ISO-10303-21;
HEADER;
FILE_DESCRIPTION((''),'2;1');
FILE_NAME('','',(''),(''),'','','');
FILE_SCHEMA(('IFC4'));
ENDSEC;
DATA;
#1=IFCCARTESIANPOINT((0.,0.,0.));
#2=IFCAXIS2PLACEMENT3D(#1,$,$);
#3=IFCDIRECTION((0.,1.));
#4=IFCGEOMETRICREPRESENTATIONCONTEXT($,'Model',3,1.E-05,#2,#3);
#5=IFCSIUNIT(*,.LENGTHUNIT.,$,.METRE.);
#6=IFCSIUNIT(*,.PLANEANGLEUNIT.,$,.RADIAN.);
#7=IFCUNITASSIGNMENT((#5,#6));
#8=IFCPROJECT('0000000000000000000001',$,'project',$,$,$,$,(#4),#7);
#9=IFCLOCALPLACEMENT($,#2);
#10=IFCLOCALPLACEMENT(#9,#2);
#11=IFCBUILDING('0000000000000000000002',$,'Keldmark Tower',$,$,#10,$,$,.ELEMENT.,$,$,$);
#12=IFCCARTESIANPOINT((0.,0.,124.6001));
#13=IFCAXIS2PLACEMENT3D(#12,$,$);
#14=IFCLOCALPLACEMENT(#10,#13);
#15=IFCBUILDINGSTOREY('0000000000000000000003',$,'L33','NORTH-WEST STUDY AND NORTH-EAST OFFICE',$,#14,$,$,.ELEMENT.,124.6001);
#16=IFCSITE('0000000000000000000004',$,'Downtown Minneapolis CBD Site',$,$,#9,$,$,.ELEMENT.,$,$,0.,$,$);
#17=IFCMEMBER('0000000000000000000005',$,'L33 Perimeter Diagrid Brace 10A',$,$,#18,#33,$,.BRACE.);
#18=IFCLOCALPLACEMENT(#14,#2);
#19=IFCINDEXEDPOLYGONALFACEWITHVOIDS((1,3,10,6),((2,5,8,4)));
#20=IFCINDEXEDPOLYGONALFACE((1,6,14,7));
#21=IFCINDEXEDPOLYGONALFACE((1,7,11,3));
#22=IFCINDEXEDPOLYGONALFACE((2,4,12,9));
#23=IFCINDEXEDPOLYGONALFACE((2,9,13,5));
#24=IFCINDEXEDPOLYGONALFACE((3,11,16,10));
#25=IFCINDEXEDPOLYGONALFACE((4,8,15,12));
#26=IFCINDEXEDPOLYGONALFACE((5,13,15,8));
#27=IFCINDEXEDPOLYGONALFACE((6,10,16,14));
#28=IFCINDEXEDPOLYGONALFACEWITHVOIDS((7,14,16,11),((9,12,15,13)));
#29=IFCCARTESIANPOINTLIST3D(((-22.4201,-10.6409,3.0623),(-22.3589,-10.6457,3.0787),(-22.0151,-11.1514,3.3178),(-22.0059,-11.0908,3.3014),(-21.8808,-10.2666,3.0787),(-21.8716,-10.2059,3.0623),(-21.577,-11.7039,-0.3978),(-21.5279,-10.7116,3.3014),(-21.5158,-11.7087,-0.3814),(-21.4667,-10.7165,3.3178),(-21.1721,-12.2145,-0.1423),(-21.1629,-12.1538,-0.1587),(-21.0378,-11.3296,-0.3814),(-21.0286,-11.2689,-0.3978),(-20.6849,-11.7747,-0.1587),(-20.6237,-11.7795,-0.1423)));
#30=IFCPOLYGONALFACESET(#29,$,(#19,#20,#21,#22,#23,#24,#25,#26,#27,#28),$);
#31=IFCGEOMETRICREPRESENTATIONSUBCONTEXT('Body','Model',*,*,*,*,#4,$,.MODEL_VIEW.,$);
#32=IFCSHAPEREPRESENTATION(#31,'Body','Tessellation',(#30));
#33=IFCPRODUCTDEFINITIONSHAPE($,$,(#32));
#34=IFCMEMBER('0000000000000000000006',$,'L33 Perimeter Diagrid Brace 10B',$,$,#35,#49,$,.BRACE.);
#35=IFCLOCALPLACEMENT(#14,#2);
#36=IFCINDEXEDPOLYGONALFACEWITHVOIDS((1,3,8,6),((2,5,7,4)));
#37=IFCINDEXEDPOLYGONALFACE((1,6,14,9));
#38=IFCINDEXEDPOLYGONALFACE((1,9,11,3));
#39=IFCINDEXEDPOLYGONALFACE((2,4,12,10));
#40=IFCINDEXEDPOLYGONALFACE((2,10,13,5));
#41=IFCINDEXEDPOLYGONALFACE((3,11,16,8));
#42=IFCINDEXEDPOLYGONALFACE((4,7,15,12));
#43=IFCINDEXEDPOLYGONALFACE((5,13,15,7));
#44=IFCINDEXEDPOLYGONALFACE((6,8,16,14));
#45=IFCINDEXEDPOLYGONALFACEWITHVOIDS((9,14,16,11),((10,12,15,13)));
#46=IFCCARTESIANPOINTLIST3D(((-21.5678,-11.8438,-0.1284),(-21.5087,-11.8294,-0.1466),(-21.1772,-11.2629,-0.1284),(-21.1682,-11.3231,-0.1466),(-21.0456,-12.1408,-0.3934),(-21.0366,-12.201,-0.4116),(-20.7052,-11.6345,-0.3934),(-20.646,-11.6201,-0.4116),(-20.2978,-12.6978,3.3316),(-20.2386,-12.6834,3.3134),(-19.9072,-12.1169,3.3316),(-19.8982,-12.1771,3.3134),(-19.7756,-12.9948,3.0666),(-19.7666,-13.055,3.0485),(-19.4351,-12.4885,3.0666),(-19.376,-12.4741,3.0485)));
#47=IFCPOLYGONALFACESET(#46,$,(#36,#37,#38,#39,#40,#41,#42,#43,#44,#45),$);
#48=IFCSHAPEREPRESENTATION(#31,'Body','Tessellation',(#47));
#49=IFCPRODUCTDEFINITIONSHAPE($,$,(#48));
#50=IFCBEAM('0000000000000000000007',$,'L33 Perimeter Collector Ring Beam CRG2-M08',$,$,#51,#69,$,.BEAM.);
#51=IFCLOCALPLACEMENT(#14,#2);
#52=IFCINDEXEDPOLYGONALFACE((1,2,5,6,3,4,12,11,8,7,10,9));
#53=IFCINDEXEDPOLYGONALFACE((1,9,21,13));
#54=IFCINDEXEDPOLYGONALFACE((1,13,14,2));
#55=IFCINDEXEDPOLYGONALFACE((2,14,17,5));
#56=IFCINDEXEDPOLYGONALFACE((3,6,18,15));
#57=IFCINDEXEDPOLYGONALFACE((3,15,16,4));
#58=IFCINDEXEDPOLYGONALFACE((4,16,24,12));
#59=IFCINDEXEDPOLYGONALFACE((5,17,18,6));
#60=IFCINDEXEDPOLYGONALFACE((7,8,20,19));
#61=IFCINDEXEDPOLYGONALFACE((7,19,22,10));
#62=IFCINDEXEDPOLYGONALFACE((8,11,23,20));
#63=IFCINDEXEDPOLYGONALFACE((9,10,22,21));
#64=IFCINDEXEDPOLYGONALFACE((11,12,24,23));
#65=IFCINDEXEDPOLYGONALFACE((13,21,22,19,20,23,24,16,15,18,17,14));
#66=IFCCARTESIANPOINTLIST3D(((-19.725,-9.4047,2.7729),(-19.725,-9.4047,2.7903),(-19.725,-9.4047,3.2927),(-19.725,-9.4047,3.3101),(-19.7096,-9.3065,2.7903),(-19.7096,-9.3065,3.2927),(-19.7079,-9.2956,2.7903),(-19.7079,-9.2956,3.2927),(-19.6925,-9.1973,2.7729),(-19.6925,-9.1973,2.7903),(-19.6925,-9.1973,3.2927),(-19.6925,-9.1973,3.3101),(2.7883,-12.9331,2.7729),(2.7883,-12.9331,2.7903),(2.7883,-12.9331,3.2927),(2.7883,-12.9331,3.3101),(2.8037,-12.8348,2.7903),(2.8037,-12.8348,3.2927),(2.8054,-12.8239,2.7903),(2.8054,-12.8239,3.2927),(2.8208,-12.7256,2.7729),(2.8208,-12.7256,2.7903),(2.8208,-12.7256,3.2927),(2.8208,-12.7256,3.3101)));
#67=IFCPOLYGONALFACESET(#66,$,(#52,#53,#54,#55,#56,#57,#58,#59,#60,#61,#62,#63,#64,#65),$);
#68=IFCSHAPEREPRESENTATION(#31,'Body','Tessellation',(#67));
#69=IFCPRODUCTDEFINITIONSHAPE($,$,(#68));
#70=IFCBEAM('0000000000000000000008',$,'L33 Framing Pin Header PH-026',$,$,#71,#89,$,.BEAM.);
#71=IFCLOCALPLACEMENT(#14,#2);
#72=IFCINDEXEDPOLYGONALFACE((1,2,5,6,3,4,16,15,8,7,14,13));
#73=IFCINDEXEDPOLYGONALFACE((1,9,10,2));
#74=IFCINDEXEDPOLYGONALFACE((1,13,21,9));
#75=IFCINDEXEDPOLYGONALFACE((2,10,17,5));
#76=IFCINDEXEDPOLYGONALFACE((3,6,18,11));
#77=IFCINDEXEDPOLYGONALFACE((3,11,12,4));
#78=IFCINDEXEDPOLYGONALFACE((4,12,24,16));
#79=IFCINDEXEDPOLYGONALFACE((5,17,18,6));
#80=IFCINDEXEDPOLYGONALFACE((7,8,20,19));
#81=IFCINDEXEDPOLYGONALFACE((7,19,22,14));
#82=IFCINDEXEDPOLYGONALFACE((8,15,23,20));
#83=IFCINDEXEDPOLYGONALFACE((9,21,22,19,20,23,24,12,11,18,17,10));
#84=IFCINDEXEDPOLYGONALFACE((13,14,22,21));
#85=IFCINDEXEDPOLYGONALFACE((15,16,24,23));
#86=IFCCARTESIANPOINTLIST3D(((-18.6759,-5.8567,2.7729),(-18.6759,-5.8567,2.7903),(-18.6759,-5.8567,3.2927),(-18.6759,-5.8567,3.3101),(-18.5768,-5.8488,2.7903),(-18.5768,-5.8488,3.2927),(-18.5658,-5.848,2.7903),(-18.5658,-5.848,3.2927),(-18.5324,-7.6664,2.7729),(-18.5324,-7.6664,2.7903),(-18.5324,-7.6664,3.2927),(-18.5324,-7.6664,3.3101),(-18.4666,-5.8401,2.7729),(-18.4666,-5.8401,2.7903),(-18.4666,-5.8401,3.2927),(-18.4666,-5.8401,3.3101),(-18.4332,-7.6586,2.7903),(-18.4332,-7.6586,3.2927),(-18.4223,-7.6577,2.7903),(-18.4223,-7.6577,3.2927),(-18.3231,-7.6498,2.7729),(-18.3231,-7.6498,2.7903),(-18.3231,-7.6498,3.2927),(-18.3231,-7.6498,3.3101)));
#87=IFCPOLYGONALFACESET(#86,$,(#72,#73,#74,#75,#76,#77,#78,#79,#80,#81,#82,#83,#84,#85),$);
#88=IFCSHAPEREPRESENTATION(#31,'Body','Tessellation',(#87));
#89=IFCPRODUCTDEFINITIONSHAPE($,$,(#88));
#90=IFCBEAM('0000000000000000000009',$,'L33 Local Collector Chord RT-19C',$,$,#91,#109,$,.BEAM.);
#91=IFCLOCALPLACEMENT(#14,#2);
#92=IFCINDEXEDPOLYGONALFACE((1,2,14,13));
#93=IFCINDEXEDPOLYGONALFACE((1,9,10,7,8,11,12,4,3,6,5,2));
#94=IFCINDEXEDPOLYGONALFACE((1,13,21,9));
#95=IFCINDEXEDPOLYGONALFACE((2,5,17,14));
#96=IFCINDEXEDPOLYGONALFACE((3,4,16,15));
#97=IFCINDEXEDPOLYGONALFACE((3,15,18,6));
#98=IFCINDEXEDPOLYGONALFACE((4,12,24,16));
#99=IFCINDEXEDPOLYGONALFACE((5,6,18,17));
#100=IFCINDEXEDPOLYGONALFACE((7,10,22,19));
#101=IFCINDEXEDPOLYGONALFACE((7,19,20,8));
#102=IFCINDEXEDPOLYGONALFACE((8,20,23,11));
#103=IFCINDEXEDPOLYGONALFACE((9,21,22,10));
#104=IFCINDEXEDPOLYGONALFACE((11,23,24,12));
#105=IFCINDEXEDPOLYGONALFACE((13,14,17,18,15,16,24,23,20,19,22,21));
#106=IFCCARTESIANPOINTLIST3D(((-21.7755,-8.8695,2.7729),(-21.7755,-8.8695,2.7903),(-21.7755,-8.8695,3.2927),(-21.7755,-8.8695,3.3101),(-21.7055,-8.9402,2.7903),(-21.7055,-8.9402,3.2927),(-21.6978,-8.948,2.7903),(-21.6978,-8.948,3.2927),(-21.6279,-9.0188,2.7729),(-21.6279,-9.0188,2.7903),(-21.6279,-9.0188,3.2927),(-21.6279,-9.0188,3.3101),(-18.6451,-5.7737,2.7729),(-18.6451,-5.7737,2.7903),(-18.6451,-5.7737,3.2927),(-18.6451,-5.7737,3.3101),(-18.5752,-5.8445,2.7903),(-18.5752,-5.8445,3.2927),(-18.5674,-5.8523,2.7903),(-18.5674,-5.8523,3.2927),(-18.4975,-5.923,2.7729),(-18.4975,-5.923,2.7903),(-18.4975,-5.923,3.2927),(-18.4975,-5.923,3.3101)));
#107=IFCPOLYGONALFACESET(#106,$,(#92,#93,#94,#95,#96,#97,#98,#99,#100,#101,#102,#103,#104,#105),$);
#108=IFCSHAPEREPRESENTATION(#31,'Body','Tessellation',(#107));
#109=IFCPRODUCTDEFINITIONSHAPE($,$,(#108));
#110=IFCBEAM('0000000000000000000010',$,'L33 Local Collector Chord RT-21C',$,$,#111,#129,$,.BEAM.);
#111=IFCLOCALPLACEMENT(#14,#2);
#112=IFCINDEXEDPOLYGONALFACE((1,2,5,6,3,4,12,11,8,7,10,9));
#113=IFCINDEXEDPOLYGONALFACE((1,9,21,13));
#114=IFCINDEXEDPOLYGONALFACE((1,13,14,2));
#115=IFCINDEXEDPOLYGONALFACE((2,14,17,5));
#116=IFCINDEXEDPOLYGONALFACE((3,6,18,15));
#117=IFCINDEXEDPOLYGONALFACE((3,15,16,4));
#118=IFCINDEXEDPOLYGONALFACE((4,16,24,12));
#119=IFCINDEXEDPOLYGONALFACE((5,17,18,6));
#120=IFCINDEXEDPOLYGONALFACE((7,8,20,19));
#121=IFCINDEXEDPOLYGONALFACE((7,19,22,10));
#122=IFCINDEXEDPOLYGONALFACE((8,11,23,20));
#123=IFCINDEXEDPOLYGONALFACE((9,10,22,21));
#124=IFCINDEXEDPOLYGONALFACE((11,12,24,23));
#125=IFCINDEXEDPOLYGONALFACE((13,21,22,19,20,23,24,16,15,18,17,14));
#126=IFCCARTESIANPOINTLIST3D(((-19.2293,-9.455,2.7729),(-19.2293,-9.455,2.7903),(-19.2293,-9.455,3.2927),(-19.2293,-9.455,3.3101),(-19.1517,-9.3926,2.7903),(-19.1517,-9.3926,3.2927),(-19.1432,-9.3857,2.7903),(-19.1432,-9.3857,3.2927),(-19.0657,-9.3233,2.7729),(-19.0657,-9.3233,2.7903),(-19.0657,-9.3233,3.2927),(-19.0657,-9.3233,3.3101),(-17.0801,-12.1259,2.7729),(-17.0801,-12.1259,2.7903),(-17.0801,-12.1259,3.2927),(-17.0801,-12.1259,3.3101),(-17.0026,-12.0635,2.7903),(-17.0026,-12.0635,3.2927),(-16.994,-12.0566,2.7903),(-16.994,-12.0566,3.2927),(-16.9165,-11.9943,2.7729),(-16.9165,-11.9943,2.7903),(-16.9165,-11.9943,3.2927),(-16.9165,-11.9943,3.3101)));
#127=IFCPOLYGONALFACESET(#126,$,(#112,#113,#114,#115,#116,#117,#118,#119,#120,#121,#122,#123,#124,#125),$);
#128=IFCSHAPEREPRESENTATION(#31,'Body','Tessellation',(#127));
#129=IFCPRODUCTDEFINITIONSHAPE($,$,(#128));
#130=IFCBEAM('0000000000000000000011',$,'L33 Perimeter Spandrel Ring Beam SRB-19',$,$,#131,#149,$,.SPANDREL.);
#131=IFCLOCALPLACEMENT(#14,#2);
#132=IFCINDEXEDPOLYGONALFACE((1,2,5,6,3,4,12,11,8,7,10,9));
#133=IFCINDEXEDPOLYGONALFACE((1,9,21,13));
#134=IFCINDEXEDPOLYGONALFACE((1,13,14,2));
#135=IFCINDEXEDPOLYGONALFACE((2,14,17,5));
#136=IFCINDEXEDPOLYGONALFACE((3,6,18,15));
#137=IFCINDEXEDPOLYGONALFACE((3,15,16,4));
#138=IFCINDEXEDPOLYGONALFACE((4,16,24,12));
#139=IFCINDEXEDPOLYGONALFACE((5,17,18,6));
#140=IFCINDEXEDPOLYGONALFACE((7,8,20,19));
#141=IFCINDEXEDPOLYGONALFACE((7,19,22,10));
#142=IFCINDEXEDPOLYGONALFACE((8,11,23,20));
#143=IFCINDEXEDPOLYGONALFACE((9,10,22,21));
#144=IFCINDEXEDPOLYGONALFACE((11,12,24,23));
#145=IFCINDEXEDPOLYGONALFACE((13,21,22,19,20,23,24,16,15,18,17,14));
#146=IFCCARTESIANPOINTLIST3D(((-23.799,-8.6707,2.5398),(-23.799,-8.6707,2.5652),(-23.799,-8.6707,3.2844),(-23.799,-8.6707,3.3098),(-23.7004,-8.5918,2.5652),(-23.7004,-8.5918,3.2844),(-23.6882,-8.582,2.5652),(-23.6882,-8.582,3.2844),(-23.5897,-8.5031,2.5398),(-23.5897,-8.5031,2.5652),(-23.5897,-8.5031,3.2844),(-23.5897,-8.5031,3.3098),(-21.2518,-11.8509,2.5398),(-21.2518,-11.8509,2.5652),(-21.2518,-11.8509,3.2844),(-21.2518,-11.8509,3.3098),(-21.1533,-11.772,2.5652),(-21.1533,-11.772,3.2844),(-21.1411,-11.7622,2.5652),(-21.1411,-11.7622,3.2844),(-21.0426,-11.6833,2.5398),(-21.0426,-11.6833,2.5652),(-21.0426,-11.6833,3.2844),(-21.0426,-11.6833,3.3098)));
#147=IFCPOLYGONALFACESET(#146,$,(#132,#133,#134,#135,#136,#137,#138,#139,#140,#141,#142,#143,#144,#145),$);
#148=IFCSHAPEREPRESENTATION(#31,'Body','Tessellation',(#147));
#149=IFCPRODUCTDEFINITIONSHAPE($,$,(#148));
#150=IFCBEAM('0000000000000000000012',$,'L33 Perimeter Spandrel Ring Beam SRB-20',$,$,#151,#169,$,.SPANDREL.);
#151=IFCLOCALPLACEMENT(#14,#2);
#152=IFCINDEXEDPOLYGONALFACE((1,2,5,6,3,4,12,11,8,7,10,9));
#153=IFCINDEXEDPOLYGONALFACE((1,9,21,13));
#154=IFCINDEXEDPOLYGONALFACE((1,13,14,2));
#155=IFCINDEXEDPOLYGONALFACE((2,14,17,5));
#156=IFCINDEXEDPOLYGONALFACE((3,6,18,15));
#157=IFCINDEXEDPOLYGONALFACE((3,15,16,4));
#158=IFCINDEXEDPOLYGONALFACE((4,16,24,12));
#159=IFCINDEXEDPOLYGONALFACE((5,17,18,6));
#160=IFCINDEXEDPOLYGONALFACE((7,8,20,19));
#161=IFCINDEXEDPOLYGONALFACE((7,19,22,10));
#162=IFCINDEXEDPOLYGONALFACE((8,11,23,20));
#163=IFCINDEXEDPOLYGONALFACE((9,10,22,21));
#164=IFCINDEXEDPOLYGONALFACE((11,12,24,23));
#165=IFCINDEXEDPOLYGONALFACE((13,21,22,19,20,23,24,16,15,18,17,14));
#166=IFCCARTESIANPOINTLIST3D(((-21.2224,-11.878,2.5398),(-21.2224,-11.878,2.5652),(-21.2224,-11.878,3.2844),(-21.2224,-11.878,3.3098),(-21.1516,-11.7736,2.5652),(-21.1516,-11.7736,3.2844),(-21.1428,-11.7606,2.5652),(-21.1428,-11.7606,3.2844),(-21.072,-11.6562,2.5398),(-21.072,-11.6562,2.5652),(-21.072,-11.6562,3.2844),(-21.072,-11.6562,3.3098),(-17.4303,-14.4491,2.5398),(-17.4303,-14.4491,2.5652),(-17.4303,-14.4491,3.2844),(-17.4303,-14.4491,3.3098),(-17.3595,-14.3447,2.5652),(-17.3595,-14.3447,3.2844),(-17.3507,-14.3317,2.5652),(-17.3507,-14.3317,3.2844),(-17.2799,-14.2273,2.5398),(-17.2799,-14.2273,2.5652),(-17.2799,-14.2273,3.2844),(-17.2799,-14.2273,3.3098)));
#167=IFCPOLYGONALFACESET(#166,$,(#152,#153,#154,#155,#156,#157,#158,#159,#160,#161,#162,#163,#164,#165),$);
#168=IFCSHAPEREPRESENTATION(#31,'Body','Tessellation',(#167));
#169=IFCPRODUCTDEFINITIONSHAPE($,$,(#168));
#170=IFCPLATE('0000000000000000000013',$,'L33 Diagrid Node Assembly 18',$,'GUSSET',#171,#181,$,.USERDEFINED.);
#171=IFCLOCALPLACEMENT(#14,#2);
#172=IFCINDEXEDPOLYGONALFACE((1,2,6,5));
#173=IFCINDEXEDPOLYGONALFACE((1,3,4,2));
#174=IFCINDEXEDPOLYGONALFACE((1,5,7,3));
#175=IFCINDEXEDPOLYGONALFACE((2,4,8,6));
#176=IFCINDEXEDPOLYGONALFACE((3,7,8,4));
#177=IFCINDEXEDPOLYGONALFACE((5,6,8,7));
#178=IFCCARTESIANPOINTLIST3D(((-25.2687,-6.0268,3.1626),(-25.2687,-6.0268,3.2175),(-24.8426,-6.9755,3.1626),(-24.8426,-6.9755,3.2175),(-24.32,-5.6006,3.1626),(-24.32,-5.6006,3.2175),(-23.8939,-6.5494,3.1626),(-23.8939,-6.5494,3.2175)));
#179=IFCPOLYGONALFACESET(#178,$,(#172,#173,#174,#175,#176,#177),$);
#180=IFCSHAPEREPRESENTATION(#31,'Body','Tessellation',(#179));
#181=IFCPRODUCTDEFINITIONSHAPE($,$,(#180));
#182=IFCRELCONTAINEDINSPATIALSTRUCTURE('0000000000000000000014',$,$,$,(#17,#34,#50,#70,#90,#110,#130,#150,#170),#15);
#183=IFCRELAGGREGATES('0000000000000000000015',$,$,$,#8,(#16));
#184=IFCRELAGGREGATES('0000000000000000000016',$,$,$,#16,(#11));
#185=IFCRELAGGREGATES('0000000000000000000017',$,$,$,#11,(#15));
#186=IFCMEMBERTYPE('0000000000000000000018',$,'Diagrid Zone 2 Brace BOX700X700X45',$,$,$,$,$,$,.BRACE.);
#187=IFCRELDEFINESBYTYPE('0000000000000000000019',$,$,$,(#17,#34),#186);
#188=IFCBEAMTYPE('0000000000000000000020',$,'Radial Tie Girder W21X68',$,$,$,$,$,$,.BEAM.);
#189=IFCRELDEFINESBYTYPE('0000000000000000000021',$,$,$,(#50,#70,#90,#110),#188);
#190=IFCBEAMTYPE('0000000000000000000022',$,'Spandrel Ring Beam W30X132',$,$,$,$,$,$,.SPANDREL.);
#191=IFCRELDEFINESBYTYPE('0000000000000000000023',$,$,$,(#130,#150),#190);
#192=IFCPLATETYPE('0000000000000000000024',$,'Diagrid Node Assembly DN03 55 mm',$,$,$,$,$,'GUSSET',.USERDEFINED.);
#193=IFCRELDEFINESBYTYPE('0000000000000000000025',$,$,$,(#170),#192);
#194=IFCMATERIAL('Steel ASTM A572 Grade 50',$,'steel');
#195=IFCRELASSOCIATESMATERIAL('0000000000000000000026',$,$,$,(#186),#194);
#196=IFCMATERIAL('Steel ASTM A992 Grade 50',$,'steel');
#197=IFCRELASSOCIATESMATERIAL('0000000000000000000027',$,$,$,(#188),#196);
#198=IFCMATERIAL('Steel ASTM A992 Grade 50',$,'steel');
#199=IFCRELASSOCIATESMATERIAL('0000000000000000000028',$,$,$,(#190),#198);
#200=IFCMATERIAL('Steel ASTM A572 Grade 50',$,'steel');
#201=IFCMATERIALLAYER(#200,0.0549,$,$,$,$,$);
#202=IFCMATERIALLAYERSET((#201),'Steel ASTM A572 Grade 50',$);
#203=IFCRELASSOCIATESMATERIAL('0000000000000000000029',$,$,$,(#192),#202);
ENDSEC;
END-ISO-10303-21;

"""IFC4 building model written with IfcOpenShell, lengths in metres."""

from ifc_helpers import new_model, si_unit, direction, frame, origin, origin_2d, place, context, subcontext, project, spatial, rectangle, hollow_rectangle, i_section, extrude, material, layer, layer_set, material_profile, profile_set, type_object, element, save


model = new_model("IFC4")

# Units and contexts
model_context = context("Model", 3, precision=1e-05, world=origin(), true_north=direction((0.0, 1.0)))
body_context = subcontext(model_context, "Body", "Model", "MODEL_VIEW")
ifc_project = project(units=[si_unit("LENGTHUNIT", "METRE"), si_unit("PLANEANGLEUNIT", "RADIAN")], contexts=[model_context])

# Site, building, storey
site_placement = place(None, origin())
site = spatial("IfcSite", under=ifc_project, at=site_placement, Name="Downtown Minneapolis CBD Site", CompositionType="ELEMENT", RefElevation=0.0)
building_placement = place(site_placement, origin())
building = spatial("IfcBuilding", under=site, at=building_placement, Name="Keldmark Tower", CompositionType="ELEMENT")
storey_placement = place(building_placement, frame((0.0, 0.0, 124.6001)))
storey = spatial("IfcBuildingStorey", under=building, at=storey_placement, Name="L33", Description="NORTH-WEST STUDY AND NORTH-EAST OFFICE", CompositionType="ELEMENT", Elevation=124.6001)

# Members
ifc_material_1 = material(Name="Steel ASTM A572 Grade 50", Category="steel")
ifc_material_profile_1 = material_profile(ifc_material_1, hollow_rectangle(XDim=0.7, YDim=0.7, WallThickness=0.0449, at=origin_2d()), Name="BOX700X700X45")
ifc_profile_set_1 = profile_set([ifc_material_profile_1], Name="Steel ASTM A572 Grade 50")
member_type = type_object("IfcMemberType", Name="Diagrid Zone 2 Brace BOX700X700X45", PredefinedType="BRACE", material=ifc_profile_set_1)
member_1_placement = place(storey_placement, frame((-21.1003, -11.7417, -0.27), z_axis=(-0.226834, 0.286023, 0.930987), x_axis=(-0.783513, -0.621376, 0.0)))
element("IfcMember", 1, at=member_1_placement, inside=storey, type_object=member_type, Name="L33 Perimeter Diagrid Brace 10A", PredefinedType="BRACE", context=body_context, shape_type="SweptSolid", body=[
    extrude(hollow_rectangle(XDim=0.7, YDim=0.7, WallThickness=0.0449, at=origin_2d()), origin(), (0.0, 0.0, 1.0), 3.7166),
])
member_2_placement = place(storey_placement, frame((-21.1069, -11.7319, -0.27), z_axis=(0.335688, -0.225728, 0.914527), x_axis=(0.558009, 0.829835, 0.0)))
element("IfcMember", 2, at=member_2_placement, inside=storey, type_object=member_type, Name="L33 Perimeter Diagrid Brace 10B", PredefinedType="BRACE", context=body_context, shape_type="SweptSolid", body=[
    extrude(hollow_rectangle(XDim=0.7, YDim=0.7, WallThickness=0.0449, at=origin_2d()), origin(), (0.0, 0.0, 1.0), 3.7834),
])

# Beams
ifc_material_2 = material(Name="Steel ASTM A992 Grade 50", Category="steel")
ifc_material_profile_2 = material_profile(ifc_material_2, i_section(OverallWidth=0.21, OverallDepth=0.5371, WebThickness=0.011, FlangeThickness=0.0173, at=origin_2d()), Name="W21X68")
ifc_profile_set_2 = profile_set([ifc_material_profile_2], Name="Steel ASTM A992 Grade 50")
beam_type_1 = type_object("IfcBeamType", Name="Radial Tie Girder W21X68", PredefinedType="BEAM", material=ifc_profile_set_2)
beam_1_placement = place(storey_placement, frame((-19.7087, -9.301, 3.0415), z_axis=(0.987941, -0.154832, 0.0), x_axis=(0.154832, 0.987941, 0.0)))
element("IfcBeam", 3, at=beam_1_placement, inside=storey, type_object=beam_type_1, Name="L33 Perimeter Collector Ring Beam CRG2-M08", PredefinedType="BEAM", context=body_context, shape_type="SweptSolid", body=[
    extrude(i_section(OverallWidth=0.21, OverallDepth=0.5371, WebThickness=0.011, FlangeThickness=0.0173, at=origin_2d()), origin(), (0.0, 0.0, 1.0), 22.7881),
])
beam_2_placement = place(storey_placement, frame((-18.5713, -5.8484, 3.0415), z_axis=(0.079072, -0.996869, 0.0), x_axis=(0.996869, 0.079072, 0.0)))
element("IfcBeam", 4, at=beam_2_placement, inside=storey, type_object=beam_type_1, Name="L33 Framing Pin Header PH-026", PredefinedType="BEAM", context=body_context, shape_type="SweptSolid", body=[
    extrude(i_section(OverallWidth=0.21, OverallDepth=0.5371, WebThickness=0.011, FlangeThickness=0.0173, at=origin_2d()), origin(), (0.0, 0.0, 1.0), 1.8154),
])
beam_3_placement = place(storey_placement, frame((-18.5713, -5.8484, 3.0415), z_axis=(-0.711033, -0.703159, 0.0), x_axis=(0.703159, -0.711033, 0.0)))
element("IfcBeam", 5, at=beam_3_placement, inside=storey, type_object=beam_type_1, Name="L33 Local Collector Chord RT-19C", PredefinedType="BEAM", context=body_context, shape_type="SweptSolid", body=[
    extrude(i_section(OverallWidth=0.21, OverallDepth=0.5371, WebThickness=0.011, FlangeThickness=0.0173, at=origin_2d()), origin(), (0.0, 0.0, 1.0), 4.4026),
])
beam_4_placement = place(storey_placement, frame((-19.1475, -9.3892, 3.0415), z_axis=(0.626907, -0.779094, 0.0), x_axis=(0.779094, 0.626907, 0.0)))
element("IfcBeam", 6, at=beam_4_placement, inside=storey, type_object=beam_type_1, Name="L33 Local Collector Chord RT-21C", PredefinedType="BEAM", context=body_context, shape_type="SweptSolid", body=[
    extrude(i_section(OverallWidth=0.21, OverallDepth=0.5371, WebThickness=0.011, FlangeThickness=0.0173, at=origin_2d()), origin(), (0.0, 0.0, 1.0), 3.4282),
])
ifc_material_3 = material(Name="Steel ASTM A992 Grade 50", Category="steel")
ifc_material_profile_3 = material_profile(ifc_material_3, i_section(OverallWidth=0.2681, OverallDepth=0.77, WebThickness=0.0156, FlangeThickness=0.0254, at=origin_2d()), Name="W30X132")
ifc_profile_set_3 = profile_set([ifc_material_profile_3], Name="Steel ASTM A992 Grade 50")
beam_type_2 = type_object("IfcBeamType", Name="Spandrel Ring Beam W30X132", PredefinedType="SPANDREL", material=ifc_profile_set_3)
beam_5_placement = place(storey_placement, frame((-23.6943, -8.5869, 2.9248), z_axis=(0.625141, -0.780512, 0.0), x_axis=(0.780512, 0.625141, 0.0)))
element("IfcBeam", 7, at=beam_5_placement, inside=storey, type_object=beam_type_2, Name="L33 Perimeter Spandrel Ring Beam SRB-19", PredefinedType="SPANDREL", context=body_context, shape_type="SweptSolid", body=[
    extrude(i_section(OverallWidth=0.2681, OverallDepth=0.77, WebThickness=0.0156, FlangeThickness=0.0254, at=origin_2d()), origin(), (0.0, 0.0, 1.0), 4.0745),
])
beam_6_placement = place(storey_placement, frame((-21.1472, -11.7671, 2.9248), z_axis=(0.827688, -0.561189, 0.0), x_axis=(0.561189, 0.827688, 0.0)))
element("IfcBeam", 8, at=beam_6_placement, inside=storey, type_object=beam_type_2, Name="L33 Perimeter Spandrel Ring Beam SRB-20", PredefinedType="SPANDREL", context=body_context, shape_type="SweptSolid", body=[
    extrude(i_section(OverallWidth=0.2681, OverallDepth=0.77, WebThickness=0.0156, FlangeThickness=0.0254, at=origin_2d()), origin(), (0.0, 0.0, 1.0), 4.5815),
])

# Plate
ifc_material_4 = material(Name="Steel ASTM A572 Grade 50", Category="steel")
ifc_layer_1 = layer(ifc_material_4, 0.0549)
ifc_layer_set_1 = layer_set([ifc_layer_1], Name="Steel ASTM A572 Grade 50")
plate_type = type_object("IfcPlateType", Name="Diagrid Node Assembly DN03 55 mm", ElementType="GUSSET", PredefinedType="USERDEFINED", material=ifc_layer_set_1)
for number, where, z_axis, x_axis, name in (
    (9, (-24.5813, -6.2881, 3.1626), (0.0, 0.0, 1.0), (0.409764, -0.912192, 0.0), "L33 Diagrid Node Assembly 18"),
):
    element("IfcPlate", number, at=place(storey_placement, frame(where, z_axis=z_axis, x_axis=x_axis)), inside=storey, type_object=plate_type, Name=name, ObjectType="GUSSET", PredefinedType="USERDEFINED", context=body_context, shape_type="SweptSolid", body=[
        extrude(rectangle(XDim=1.04, YDim=1.04, at=origin_2d()), origin(), (0.0, 0.0, 1.0), 0.0549),
    ])

save(model, "model.ifc")
